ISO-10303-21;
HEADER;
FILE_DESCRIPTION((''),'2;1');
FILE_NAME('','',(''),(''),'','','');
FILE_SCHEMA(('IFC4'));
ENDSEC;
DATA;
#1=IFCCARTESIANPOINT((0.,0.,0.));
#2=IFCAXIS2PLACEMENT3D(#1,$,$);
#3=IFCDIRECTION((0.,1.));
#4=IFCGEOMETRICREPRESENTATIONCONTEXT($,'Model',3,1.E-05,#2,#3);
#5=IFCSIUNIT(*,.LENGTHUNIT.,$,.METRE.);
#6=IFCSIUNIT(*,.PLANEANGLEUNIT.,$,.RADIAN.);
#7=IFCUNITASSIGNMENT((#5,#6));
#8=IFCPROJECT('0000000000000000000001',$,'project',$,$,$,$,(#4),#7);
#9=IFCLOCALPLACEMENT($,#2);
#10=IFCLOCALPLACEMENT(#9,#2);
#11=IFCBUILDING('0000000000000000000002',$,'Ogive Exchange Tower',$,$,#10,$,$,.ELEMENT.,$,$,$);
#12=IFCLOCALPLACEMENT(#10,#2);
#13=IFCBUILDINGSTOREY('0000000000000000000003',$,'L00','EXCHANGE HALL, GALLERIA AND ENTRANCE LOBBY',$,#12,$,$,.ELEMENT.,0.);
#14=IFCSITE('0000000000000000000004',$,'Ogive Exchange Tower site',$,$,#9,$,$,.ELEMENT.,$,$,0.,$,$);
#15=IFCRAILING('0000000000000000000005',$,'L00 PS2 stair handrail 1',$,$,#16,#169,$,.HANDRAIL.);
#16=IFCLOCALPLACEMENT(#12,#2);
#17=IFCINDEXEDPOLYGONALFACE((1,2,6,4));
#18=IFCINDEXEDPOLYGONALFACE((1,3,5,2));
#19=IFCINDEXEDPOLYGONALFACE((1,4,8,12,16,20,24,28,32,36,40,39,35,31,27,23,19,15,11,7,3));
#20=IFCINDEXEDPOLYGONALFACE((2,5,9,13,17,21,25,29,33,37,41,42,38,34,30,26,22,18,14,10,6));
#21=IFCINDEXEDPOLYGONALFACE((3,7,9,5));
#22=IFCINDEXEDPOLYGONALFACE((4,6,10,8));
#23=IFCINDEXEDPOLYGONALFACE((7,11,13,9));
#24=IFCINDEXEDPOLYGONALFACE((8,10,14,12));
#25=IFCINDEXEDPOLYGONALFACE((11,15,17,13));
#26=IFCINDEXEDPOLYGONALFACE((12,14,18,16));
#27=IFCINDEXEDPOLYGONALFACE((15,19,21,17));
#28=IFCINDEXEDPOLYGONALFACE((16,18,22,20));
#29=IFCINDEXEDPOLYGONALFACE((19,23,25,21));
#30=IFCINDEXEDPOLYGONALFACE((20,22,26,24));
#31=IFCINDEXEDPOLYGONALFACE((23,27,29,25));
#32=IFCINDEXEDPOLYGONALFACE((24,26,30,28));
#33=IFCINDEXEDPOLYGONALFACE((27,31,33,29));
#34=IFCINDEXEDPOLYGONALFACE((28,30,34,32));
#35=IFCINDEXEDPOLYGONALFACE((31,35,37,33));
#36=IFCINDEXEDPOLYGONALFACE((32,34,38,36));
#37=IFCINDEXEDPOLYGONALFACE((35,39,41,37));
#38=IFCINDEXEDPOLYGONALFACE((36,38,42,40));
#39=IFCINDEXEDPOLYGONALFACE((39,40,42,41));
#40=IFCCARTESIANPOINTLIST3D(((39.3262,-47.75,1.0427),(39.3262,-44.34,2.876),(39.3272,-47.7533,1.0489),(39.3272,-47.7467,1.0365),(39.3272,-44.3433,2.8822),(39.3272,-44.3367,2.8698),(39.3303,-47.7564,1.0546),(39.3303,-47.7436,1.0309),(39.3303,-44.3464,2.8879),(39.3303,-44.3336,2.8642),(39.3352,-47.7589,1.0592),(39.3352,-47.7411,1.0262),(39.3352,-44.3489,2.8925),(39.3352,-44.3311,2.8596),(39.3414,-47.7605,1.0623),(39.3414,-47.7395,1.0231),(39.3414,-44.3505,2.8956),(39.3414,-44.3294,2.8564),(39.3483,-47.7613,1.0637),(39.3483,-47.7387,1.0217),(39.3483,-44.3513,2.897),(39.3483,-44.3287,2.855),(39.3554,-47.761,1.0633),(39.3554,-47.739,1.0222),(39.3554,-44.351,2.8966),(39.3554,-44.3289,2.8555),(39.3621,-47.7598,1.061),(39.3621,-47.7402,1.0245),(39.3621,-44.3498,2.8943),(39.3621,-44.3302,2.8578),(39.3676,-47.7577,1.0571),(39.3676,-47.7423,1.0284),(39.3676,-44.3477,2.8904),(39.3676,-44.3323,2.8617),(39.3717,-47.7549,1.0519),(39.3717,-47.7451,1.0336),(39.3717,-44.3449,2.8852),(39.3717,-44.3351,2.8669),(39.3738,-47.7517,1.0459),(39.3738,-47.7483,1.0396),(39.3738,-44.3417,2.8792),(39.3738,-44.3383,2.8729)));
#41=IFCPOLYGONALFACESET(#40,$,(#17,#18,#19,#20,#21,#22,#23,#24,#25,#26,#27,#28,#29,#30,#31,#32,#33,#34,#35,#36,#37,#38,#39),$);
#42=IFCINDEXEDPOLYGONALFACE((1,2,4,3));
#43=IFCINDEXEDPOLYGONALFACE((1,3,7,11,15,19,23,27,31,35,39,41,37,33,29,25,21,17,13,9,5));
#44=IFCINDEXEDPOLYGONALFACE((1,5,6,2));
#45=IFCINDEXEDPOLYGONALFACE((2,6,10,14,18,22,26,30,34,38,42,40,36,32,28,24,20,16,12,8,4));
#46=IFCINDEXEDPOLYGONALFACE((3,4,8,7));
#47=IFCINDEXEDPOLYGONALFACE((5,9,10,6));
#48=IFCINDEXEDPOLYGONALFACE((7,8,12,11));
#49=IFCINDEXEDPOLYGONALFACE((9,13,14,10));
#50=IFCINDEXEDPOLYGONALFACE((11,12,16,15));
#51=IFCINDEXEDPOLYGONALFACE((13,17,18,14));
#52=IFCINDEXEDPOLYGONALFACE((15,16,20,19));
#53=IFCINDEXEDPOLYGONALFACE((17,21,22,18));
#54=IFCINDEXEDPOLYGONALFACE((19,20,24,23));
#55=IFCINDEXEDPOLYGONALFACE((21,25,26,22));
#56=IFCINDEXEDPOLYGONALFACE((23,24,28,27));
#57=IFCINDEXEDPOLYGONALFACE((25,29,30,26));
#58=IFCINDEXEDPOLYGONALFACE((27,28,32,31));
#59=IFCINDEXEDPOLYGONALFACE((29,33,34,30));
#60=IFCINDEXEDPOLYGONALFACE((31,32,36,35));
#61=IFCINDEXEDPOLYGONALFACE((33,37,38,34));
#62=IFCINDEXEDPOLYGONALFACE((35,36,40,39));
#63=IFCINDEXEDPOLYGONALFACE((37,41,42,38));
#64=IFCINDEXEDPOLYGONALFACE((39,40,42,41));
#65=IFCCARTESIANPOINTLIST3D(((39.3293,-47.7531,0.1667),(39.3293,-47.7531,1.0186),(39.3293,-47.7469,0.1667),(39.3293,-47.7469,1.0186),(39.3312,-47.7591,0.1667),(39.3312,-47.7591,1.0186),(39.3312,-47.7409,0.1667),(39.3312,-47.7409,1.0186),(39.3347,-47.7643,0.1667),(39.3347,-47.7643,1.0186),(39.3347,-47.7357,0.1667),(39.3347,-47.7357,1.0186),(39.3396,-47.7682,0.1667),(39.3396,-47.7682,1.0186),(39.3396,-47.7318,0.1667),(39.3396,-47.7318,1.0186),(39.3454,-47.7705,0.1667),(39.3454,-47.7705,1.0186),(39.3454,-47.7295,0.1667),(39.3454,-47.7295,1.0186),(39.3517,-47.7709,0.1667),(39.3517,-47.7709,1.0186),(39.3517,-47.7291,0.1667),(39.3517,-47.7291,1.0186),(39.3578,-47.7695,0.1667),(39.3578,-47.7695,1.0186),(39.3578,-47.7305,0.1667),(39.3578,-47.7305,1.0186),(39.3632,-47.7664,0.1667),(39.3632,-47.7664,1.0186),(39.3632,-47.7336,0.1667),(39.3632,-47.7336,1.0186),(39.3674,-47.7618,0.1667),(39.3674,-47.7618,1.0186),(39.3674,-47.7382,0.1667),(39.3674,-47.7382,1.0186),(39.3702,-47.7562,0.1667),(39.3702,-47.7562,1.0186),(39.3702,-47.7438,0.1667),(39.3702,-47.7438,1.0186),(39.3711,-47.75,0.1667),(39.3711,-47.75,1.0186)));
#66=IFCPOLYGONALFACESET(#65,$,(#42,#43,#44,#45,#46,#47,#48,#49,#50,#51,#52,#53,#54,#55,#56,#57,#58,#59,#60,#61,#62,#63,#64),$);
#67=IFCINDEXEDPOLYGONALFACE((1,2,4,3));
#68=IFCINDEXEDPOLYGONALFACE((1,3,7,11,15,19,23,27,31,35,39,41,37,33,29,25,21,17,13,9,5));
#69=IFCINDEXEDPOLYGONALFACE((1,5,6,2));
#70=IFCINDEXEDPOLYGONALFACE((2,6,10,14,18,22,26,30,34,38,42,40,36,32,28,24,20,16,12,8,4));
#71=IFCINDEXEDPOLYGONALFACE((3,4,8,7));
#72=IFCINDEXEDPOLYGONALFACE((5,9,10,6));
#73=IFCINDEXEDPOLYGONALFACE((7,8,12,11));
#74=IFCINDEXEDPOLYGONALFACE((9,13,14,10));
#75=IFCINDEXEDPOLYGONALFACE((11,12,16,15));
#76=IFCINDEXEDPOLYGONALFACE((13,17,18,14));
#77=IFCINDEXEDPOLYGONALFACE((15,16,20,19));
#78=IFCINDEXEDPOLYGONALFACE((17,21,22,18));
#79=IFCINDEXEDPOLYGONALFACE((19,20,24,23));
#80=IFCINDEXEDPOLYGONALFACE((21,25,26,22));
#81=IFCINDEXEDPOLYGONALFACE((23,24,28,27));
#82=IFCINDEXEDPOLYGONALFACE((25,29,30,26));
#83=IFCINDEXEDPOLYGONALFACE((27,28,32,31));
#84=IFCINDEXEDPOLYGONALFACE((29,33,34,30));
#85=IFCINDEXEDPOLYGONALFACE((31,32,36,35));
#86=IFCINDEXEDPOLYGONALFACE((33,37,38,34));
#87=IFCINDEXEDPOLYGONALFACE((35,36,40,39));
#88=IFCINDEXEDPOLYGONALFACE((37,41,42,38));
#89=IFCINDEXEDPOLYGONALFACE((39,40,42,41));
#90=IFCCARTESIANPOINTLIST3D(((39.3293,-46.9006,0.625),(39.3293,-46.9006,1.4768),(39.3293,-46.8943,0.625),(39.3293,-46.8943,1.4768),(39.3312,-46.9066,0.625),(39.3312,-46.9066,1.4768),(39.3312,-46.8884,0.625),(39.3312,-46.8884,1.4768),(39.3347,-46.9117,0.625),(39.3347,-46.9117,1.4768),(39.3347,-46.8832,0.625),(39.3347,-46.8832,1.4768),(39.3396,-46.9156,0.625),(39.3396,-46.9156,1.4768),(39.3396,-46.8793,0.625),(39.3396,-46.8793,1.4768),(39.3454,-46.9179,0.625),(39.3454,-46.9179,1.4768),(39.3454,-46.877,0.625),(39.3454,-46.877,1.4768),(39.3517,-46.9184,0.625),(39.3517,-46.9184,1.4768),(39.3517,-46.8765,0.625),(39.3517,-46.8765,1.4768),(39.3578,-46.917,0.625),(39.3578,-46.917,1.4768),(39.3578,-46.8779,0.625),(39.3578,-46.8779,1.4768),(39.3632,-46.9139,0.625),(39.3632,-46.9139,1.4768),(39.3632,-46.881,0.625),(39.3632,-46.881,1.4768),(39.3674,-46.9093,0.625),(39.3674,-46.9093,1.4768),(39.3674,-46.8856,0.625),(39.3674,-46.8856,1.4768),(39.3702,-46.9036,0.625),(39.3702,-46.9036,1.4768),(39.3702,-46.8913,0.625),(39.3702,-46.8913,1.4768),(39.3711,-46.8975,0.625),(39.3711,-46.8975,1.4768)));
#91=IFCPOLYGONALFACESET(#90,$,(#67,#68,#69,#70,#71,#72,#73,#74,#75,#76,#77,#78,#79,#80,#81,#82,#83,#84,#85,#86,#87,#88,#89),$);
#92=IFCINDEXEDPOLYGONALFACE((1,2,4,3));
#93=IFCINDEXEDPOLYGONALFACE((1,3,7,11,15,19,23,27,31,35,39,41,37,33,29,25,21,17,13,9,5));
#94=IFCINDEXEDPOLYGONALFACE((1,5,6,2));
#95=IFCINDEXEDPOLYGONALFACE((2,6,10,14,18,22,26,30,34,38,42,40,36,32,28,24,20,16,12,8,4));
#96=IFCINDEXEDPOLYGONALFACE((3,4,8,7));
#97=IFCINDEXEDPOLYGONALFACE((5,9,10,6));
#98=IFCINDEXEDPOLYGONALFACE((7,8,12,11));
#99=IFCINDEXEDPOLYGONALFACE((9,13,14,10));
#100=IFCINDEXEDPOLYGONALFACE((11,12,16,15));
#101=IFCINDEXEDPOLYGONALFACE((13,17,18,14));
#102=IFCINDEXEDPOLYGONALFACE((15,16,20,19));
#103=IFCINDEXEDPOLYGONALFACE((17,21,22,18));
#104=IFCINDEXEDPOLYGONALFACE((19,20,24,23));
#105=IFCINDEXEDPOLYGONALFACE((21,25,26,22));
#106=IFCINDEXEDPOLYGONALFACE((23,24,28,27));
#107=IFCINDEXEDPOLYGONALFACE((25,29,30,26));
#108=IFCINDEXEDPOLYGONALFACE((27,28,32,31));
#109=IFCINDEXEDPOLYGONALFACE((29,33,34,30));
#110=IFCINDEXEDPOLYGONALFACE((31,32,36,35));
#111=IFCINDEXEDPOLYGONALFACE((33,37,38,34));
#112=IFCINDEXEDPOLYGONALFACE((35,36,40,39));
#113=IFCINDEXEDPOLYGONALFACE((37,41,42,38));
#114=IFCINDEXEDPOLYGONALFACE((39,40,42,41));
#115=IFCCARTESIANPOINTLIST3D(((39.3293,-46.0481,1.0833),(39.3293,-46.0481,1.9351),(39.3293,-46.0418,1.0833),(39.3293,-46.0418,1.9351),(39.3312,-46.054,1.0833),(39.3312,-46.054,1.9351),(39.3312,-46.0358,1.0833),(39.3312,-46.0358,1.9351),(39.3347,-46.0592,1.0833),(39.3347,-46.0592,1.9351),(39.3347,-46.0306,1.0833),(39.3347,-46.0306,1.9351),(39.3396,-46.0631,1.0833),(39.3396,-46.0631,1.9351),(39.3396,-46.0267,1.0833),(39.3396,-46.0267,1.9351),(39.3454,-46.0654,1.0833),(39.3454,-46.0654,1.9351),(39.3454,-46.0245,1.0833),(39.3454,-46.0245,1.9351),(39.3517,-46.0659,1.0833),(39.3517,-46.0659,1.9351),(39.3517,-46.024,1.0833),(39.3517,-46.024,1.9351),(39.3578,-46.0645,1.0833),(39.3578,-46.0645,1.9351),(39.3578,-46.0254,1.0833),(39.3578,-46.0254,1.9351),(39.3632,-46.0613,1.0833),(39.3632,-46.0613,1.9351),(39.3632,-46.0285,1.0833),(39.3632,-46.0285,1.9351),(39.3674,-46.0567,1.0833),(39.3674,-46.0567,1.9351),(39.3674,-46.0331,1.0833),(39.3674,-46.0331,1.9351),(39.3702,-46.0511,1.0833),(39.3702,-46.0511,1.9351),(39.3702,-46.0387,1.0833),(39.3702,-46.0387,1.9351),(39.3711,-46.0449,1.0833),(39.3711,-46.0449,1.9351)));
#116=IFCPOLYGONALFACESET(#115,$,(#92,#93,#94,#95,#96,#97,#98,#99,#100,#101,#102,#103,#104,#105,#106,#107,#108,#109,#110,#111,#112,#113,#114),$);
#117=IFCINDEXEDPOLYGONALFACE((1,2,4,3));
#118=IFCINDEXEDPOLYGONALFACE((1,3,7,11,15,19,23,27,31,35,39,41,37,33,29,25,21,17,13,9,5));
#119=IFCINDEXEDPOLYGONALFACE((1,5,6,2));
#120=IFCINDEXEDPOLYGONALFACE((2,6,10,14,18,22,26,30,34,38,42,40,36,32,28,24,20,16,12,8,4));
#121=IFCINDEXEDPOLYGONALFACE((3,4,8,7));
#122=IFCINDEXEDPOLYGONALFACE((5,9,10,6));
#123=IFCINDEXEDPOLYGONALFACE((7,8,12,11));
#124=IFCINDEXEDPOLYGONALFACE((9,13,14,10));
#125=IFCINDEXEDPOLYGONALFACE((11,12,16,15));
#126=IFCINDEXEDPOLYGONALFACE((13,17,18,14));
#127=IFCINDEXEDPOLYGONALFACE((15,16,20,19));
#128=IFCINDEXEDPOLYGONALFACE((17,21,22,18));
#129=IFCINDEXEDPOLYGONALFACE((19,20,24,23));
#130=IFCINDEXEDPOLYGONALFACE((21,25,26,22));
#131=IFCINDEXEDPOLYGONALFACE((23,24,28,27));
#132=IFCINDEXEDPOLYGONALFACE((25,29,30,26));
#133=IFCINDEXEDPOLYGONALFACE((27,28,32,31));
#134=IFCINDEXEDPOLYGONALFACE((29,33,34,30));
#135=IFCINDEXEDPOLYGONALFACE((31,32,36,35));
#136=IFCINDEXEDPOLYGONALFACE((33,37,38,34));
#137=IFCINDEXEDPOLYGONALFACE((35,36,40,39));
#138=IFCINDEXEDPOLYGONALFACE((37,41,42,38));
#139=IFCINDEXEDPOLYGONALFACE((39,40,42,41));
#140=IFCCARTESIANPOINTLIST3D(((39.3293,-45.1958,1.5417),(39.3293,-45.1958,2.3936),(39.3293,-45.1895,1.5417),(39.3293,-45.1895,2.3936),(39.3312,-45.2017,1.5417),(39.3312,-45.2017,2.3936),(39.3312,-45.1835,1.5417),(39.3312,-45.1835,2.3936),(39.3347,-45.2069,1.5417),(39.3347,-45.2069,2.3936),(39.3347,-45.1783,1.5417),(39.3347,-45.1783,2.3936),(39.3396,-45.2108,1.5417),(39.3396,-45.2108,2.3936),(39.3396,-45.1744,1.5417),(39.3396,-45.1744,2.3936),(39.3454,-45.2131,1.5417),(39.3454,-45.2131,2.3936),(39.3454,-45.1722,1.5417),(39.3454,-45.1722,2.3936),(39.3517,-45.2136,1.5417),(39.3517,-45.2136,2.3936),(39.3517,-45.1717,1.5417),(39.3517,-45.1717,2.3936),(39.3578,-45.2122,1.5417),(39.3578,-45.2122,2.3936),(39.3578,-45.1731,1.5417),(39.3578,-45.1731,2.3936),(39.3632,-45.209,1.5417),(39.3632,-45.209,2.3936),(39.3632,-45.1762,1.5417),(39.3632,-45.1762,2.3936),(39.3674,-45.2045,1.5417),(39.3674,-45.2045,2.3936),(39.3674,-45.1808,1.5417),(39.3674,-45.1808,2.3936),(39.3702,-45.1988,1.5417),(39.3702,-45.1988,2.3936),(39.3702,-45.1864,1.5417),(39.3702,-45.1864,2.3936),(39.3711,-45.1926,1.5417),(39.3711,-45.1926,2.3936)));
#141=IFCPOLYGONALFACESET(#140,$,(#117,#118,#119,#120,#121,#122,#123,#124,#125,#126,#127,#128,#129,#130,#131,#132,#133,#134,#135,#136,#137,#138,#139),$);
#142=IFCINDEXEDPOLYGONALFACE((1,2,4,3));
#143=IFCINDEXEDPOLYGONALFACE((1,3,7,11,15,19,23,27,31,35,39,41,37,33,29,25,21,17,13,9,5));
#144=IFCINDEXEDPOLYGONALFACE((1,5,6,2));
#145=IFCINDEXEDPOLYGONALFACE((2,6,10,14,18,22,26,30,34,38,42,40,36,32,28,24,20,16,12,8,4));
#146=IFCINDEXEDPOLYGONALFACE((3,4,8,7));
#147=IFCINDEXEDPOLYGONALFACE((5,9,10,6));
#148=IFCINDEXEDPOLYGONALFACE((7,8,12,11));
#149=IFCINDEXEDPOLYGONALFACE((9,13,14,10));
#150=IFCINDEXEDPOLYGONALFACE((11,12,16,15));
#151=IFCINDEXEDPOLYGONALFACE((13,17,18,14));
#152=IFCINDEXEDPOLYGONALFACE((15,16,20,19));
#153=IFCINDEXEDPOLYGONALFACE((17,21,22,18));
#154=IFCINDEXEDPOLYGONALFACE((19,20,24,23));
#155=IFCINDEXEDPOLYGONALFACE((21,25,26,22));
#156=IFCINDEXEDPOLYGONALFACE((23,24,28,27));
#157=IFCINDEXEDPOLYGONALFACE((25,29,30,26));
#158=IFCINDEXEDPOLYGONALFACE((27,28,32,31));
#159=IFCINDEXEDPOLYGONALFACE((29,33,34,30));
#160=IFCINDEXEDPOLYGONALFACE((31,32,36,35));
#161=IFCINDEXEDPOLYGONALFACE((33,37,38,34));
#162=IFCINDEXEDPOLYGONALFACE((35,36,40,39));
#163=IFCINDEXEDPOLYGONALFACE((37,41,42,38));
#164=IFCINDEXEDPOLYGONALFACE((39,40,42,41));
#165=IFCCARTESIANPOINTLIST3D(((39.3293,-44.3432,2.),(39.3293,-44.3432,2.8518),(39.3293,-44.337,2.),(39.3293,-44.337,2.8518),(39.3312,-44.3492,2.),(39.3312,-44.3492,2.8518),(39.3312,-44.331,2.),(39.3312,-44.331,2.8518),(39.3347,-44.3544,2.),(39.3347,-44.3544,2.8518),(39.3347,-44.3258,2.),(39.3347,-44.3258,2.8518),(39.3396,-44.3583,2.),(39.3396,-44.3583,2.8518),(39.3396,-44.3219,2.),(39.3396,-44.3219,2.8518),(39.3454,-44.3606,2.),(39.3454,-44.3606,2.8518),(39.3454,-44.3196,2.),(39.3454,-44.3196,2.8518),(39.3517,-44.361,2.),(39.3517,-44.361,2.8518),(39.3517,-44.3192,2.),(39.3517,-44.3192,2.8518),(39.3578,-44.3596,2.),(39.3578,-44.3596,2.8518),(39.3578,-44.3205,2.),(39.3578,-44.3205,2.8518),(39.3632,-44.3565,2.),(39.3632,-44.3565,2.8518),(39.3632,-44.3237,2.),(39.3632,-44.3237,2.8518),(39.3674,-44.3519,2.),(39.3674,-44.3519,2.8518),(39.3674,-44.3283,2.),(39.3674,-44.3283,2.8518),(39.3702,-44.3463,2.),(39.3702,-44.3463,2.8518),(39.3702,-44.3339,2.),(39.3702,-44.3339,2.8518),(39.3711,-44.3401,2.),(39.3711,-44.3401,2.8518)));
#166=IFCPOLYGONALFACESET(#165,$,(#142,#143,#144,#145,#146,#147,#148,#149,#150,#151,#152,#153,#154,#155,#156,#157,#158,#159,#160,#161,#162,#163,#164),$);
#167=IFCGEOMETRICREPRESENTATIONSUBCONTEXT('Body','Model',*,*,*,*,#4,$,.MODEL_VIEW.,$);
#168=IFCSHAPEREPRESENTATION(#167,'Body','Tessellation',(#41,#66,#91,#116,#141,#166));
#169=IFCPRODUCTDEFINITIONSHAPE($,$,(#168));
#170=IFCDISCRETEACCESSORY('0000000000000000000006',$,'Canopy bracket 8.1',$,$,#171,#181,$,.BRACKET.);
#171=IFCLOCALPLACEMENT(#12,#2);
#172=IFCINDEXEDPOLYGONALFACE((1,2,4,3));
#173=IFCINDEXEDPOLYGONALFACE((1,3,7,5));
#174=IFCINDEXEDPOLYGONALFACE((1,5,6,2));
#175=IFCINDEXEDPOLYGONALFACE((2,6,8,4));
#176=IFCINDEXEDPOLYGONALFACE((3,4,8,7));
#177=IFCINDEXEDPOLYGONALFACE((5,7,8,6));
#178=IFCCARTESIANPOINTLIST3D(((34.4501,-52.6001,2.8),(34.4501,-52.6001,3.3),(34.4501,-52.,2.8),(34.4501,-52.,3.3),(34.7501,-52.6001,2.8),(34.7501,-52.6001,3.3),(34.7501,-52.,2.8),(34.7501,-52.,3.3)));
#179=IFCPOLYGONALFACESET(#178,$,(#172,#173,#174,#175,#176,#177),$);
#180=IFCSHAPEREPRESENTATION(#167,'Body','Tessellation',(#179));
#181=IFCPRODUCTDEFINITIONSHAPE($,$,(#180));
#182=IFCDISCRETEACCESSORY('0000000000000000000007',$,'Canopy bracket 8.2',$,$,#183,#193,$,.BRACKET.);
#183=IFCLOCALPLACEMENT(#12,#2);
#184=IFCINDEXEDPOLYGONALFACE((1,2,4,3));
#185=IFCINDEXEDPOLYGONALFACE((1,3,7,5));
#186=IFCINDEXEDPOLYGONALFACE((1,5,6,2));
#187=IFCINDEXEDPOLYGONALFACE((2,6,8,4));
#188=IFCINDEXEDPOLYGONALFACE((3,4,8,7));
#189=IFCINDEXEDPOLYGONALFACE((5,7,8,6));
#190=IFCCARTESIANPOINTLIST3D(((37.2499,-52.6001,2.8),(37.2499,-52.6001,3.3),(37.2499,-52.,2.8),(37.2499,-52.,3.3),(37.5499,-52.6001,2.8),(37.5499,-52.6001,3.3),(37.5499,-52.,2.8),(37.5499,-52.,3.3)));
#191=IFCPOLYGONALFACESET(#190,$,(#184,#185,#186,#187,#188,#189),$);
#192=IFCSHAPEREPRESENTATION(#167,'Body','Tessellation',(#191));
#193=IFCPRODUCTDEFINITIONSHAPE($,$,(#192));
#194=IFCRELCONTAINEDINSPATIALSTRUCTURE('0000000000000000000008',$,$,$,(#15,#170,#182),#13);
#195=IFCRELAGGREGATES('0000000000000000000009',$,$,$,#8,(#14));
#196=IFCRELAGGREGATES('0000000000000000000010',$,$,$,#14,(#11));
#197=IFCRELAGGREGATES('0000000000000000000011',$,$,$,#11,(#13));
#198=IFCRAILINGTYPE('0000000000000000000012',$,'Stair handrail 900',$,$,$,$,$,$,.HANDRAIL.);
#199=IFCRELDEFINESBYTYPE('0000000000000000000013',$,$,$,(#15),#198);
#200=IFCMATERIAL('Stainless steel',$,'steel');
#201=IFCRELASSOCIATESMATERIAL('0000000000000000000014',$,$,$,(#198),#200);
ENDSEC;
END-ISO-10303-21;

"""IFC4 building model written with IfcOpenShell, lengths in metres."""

from ifc_helpers import new_model, si_unit, direction, frame, origin, origin_2d, place, context, subcontext, project, spatial, rectangle, circle, extrude, material, type_object, element, save


model = new_model("IFC4")

# Units and contexts
model_context = context("Model", 3, precision=1e-05, world=origin(), true_north=direction((0.0, 1.0)))
body_context = subcontext(model_context, "Body", "Model", "MODEL_VIEW")
ifc_project = project(units=[si_unit("LENGTHUNIT", "METRE"), si_unit("PLANEANGLEUNIT", "RADIAN")], contexts=[model_context])

# Site, building, storey
site_placement = place(None, origin())
site = spatial("IfcSite", under=ifc_project, at=site_placement, Name="Ogive Exchange Tower site", CompositionType="ELEMENT", RefElevation=0.0)
building_placement = place(site_placement, origin())
building = spatial("IfcBuilding", under=site, at=building_placement, Name="Ogive Exchange Tower", CompositionType="ELEMENT")
storey_placement = place(building_placement, origin())
storey = spatial("IfcBuildingStorey", under=building, at=storey_placement, Name="L00", Description="EXCHANGE HALL, GALLERIA AND ENTRANCE LOBBY", CompositionType="ELEMENT", Elevation=0.0)

# Railing
ifc_material_1 = material(Name="Stainless steel", Category="steel")
railing_type = type_object("IfcRailingType", Name="Stair handrail 900", PredefinedType="HANDRAIL", material=ifc_material_1)
railing_placement = place(storey_placement, frame((39.3501, -47.75, 0.1667)))
element("IfcRailing", 1, at=railing_placement, inside=storey, type_object=railing_type, Name="L00 PS2 stair handrail 1", PredefinedType="HANDRAIL", context=body_context, shape_type="SweptSolid", body=[
    extrude(circle(Radius=0.0239, at=origin_2d()), frame((0.0, 0.0, 0.876), z_axis=(0.0, 0.880779, 0.473528), x_axis=(-1.0, 0.0, 0.0)), (0.0, 0.0, 1.0), 3.8716),
    extrude(circle(Radius=0.021, at=origin_2d()), origin(), (0.0, 0.0, 1.0), 0.8518),
    extrude(circle(Radius=0.021, at=origin_2d()), frame((0.0, 0.8525, 0.4583)), (0.0, 0.0, 1.0), 0.8518),
    extrude(circle(Radius=0.021, at=origin_2d()), frame((0.0, 1.7051, 0.9165)), (0.0, 0.0, 1.0), 0.8518),
    extrude(circle(Radius=0.021, at=origin_2d()), frame((0.0, 2.5574, 1.375)), (0.0, 0.0, 1.0), 0.8518),
    extrude(circle(Radius=0.021, at=origin_2d()), frame((0.0, 3.4099, 1.8333)), (0.0, 0.0, 1.0), 0.8518),
])

# Discrete accessories
for number, where, z_axis, x_axis, name in (
    (2, (34.6001, -52.3, 2.8), (0.0, 0.0, 1.0), (1.0, 0.0, 0.0), "Canopy bracket 8.1"),
    (3, (37.3999, -52.3, 2.8), (0.0, 0.0, 1.0), (1.0, 0.0, 0.0), "Canopy bracket 8.2"),
):
    element("IfcDiscreteAccessory", number, at=place(storey_placement, frame(where, z_axis=z_axis, x_axis=x_axis)), inside=storey, Name=name, PredefinedType="BRACKET", context=body_context, shape_type="SweptSolid", body=[
        extrude(rectangle(XDim=0.3, YDim=0.6001, at=origin_2d()), origin(), (0.0, 0.0, 1.0), 0.5),
    ])

save(model, "model.ifc")
